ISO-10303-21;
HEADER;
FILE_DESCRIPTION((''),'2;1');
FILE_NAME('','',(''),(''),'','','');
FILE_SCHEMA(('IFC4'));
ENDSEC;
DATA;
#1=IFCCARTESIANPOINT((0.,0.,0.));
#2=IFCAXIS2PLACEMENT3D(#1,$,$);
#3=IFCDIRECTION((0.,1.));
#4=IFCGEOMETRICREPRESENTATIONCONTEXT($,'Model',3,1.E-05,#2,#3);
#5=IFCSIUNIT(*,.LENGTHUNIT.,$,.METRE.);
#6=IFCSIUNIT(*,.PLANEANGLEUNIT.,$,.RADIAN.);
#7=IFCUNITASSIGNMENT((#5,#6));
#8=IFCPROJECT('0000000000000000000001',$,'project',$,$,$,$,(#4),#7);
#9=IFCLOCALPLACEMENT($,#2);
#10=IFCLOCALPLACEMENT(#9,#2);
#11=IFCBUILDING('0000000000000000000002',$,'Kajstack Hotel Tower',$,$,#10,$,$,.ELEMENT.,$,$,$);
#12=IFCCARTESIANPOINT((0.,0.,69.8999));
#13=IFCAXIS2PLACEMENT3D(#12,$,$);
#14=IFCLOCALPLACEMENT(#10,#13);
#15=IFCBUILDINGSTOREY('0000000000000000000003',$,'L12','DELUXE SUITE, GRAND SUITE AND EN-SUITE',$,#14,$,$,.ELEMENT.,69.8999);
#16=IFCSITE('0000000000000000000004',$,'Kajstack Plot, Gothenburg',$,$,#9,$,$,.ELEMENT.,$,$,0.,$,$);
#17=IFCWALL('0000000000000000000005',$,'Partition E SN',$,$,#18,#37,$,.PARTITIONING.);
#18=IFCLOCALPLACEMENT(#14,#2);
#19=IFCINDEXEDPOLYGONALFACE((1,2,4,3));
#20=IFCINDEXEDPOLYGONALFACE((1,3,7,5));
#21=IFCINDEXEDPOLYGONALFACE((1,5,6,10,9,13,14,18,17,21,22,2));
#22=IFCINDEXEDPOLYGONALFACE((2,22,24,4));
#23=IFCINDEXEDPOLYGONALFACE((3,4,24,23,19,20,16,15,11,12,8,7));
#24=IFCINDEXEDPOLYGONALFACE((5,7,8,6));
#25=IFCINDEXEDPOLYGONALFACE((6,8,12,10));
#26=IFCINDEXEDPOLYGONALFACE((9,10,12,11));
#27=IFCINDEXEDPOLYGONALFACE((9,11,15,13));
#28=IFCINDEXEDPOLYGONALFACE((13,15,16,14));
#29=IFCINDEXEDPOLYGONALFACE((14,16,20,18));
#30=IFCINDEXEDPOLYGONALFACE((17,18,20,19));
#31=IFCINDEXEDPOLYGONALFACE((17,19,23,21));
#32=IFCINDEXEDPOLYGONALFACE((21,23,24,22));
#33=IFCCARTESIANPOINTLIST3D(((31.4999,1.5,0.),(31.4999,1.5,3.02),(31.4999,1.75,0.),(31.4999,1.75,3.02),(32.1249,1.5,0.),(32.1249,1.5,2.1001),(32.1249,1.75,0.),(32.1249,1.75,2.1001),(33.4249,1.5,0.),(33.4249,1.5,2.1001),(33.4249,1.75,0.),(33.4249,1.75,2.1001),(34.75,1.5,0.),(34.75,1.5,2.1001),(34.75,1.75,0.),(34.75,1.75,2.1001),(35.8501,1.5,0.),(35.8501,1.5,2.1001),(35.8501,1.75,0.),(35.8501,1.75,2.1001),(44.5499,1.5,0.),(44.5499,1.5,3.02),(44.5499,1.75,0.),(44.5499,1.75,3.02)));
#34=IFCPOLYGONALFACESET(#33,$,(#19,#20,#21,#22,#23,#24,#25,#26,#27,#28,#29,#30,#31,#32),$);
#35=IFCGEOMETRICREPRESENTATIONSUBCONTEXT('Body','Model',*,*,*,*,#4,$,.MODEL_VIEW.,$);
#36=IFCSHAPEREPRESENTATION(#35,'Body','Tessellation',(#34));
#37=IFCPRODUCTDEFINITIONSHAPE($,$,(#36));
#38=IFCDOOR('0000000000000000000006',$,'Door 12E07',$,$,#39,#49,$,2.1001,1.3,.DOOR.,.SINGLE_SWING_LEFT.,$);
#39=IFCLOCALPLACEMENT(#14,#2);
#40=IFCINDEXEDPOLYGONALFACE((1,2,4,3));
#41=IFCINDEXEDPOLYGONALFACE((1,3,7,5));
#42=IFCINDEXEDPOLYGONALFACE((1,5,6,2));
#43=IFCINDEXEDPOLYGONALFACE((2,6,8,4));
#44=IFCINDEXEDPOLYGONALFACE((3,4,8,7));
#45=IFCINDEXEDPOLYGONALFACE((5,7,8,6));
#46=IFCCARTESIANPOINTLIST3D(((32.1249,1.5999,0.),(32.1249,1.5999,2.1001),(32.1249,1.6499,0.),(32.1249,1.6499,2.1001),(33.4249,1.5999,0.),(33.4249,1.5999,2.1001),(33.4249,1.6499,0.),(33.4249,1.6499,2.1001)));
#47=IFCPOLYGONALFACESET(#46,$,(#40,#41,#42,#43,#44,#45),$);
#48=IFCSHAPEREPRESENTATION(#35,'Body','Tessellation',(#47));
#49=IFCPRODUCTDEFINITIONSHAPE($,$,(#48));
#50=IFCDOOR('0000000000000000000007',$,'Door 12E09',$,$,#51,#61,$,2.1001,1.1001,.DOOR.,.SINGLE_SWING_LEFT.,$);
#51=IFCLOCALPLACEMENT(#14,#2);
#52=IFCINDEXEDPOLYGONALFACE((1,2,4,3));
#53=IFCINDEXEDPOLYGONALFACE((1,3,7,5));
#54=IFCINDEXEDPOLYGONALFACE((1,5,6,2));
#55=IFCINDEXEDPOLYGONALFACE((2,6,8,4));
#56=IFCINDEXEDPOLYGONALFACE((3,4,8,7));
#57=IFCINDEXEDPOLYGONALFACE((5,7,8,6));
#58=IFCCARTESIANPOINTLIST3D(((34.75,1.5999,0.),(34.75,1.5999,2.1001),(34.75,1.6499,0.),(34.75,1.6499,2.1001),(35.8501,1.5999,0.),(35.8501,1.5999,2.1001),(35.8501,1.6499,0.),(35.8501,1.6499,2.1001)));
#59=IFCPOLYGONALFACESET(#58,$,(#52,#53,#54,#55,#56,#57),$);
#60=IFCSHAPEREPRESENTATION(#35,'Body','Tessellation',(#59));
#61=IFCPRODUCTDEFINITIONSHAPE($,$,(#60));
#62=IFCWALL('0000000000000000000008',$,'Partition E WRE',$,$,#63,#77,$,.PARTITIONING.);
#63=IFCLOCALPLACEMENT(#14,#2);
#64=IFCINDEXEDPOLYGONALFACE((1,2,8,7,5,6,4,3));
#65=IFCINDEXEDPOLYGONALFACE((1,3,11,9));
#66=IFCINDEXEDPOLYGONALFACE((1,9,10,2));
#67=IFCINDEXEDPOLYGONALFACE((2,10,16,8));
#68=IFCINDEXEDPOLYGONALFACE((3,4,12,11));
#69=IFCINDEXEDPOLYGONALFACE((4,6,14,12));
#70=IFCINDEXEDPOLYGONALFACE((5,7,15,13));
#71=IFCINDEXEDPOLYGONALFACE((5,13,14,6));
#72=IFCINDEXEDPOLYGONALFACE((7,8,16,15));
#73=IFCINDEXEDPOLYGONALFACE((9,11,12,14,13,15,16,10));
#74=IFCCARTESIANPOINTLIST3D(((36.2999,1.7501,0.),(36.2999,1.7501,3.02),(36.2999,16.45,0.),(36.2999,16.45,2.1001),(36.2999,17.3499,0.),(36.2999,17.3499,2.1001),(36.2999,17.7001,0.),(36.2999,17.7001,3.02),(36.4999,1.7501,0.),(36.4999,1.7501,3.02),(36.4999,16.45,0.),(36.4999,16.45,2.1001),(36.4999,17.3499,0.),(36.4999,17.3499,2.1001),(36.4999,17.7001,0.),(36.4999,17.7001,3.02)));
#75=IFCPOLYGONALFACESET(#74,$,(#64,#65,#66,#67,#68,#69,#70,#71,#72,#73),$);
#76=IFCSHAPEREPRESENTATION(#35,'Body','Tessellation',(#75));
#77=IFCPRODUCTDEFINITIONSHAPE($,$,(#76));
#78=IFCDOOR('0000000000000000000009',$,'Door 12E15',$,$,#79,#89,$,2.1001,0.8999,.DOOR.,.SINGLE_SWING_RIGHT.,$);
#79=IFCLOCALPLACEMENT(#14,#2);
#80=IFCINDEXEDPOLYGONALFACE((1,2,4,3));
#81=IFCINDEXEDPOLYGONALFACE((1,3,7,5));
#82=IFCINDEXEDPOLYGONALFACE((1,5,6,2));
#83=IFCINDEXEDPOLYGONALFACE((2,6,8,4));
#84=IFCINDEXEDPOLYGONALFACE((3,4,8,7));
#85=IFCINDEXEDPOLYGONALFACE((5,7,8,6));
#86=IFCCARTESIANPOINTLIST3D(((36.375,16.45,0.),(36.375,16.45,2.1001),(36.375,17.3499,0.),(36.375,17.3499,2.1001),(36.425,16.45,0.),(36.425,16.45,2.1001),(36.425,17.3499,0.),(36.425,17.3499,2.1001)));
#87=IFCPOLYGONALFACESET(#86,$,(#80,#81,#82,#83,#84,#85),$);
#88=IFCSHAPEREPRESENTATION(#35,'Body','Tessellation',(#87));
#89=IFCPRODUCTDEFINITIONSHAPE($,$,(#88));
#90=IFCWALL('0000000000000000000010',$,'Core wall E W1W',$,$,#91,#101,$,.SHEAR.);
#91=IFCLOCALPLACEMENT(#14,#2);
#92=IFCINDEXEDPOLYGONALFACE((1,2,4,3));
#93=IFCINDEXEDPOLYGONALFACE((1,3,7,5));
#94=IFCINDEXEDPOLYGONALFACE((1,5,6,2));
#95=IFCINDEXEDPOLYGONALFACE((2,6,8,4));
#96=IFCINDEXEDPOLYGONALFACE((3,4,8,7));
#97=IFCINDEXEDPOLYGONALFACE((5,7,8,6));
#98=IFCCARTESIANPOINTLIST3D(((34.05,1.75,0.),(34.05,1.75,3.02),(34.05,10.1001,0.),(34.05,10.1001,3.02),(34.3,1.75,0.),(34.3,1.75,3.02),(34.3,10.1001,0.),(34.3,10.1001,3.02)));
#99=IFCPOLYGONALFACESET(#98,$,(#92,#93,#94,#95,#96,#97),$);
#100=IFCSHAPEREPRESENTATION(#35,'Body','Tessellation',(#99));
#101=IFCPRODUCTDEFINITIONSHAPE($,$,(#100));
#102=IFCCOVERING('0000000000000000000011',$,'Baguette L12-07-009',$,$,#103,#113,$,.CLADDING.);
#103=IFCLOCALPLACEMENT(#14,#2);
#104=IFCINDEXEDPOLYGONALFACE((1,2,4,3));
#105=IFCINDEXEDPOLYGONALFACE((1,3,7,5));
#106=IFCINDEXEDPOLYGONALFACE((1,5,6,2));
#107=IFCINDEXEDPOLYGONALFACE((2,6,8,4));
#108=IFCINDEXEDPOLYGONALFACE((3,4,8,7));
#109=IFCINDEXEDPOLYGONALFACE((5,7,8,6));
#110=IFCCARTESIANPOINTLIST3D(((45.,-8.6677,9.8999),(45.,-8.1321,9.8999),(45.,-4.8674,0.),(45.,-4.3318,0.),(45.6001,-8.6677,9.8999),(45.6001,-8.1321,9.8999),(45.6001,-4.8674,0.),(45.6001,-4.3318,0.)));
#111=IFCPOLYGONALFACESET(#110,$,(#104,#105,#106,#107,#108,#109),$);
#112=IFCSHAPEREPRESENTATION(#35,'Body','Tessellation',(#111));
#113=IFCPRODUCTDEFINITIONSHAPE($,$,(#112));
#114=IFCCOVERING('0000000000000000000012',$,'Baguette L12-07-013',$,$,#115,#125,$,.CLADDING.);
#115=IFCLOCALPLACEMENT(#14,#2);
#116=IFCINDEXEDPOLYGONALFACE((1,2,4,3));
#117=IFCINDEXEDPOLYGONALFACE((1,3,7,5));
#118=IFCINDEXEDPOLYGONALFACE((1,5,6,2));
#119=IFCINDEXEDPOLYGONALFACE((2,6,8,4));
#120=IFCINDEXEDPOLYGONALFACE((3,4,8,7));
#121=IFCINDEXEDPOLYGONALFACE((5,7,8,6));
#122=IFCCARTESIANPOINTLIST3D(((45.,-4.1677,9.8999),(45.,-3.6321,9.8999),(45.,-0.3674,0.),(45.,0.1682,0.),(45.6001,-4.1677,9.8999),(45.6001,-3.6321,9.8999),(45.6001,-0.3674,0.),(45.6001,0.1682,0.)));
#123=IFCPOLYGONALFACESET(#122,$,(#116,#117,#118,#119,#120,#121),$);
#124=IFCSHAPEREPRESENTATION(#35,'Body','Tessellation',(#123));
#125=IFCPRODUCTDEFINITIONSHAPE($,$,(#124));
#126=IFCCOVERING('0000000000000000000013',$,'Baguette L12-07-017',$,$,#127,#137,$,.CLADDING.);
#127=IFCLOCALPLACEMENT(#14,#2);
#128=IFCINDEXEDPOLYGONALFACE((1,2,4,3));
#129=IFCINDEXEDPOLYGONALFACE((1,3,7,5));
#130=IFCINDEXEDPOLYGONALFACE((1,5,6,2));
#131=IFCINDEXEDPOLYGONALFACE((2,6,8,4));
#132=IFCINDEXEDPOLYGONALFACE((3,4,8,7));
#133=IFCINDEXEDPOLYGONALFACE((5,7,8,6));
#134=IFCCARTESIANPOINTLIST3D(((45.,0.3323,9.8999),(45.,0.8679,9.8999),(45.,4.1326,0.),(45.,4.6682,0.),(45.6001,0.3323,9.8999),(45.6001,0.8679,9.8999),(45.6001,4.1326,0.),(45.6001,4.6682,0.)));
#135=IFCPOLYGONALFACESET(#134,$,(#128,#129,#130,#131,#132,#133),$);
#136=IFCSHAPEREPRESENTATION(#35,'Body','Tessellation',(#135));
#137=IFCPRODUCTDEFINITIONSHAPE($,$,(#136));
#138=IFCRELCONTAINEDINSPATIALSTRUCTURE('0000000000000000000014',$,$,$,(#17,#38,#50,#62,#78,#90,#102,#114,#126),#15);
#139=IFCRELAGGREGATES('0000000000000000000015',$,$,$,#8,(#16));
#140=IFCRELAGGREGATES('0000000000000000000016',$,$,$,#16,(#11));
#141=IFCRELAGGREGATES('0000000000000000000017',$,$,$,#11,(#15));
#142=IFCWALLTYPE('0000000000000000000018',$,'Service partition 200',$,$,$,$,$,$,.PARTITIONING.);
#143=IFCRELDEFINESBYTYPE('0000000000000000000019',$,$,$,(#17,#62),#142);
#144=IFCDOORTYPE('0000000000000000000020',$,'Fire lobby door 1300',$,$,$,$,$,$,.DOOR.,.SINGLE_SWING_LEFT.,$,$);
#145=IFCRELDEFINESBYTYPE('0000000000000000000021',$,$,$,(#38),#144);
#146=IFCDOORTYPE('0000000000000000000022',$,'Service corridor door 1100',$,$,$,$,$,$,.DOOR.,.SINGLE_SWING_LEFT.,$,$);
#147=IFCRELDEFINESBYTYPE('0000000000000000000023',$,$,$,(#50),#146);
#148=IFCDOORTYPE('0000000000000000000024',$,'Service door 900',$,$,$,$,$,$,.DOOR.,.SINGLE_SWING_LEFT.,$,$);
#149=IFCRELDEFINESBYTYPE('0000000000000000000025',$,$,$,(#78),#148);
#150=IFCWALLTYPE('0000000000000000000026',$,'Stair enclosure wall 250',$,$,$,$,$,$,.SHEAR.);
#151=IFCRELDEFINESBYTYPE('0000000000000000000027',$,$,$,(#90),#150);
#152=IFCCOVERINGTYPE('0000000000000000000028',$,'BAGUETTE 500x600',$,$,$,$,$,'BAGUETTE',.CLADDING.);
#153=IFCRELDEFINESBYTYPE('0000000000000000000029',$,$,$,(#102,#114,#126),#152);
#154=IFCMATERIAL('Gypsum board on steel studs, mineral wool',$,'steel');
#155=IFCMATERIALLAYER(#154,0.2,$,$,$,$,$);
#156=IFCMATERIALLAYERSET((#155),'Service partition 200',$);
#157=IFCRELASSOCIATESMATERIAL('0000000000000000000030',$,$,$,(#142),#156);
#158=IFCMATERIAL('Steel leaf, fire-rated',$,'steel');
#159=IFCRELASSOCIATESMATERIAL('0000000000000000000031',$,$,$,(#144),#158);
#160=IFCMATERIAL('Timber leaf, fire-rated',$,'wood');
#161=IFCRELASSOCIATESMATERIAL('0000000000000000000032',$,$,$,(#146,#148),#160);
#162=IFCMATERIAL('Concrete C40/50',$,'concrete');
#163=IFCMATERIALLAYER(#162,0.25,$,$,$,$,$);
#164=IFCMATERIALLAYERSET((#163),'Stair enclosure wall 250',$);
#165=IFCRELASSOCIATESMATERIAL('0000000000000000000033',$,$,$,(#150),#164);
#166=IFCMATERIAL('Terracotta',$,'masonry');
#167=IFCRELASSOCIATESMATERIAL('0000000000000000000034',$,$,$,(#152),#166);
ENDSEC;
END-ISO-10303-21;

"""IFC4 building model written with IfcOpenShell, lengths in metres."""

from ifc_helpers import new_model, si_unit, direction, frame, frame_2d, origin, origin_2d, place, context, subcontext, project, spatial, polyline, rectangle, outline, extrude, material, layer, layer_set, material_profile, profile_set, type_object, element, fill, save


model = new_model("IFC4")

# Units and contexts
model_context = context("Model", 3, precision=1e-05, world=origin(), true_north=direction((0.0, 1.0)))
body_context = subcontext(model_context, "Body", "Model", "MODEL_VIEW")
ifc_project = project(units=[si_unit("LENGTHUNIT", "METRE"), si_unit("PLANEANGLEUNIT", "RADIAN")], contexts=[model_context])

# Site, building, storey
site_placement = place(None, origin())
site = spatial("IfcSite", under=ifc_project, at=site_placement, Name="Kajstack Plot, Gothenburg", CompositionType="ELEMENT", RefElevation=0.0)
building_placement = place(site_placement, origin())
building = spatial("IfcBuilding", under=site, at=building_placement, Name="Kajstack Hotel Tower", CompositionType="ELEMENT")
storey_placement = place(building_placement, frame((0.0, 0.0, 69.8999)))
storey = spatial("IfcBuildingStorey", under=building, at=storey_placement, Name="L12", Description="DELUXE SUITE, GRAND SUITE AND EN-SUITE", CompositionType="ELEMENT", Elevation=69.8999)

# Wall, openings, doors
ifc_material_1 = material(Name="Gypsum board on steel studs, mineral wool", Category="steel")
ifc_layer_1 = layer(ifc_material_1, 0.2)
ifc_layer_set_1 = layer_set([ifc_layer_1], Name="Service partition 200")
wall_type_1 = type_object("IfcWallType", Name="Service partition 200", PredefinedType="PARTITIONING", material=ifc_layer_set_1)
wall_1_placement = place(storey_placement, frame((31.5, 1.625, 0.0), z_axis=(0.0, 0.0, 1.0), x_axis=(1.0, 0.0, 0.0)))
wall_1 = element("IfcWall", 1, at=wall_1_placement, inside=storey, type_object=wall_type_1, Name="Partition E SN", PredefinedType="PARTITIONING", context=body_context, shape_type="SweptSolid", body=[
    extrude(rectangle(XDim=13.05, YDim=0.25, at=frame_2d((6.5249, 0.0))), origin(), (0.0, 0.0, 1.0), 3.02),
])
opening_1_placement = place(wall_1_placement, frame((0.625, 0.0, 0.0)))
opening_1 = element("IfcOpeningElement", 2, at=opening_1_placement, cuts=wall_1, PredefinedType="OPENING", context=body_context, shape_type="SweptSolid", body=[
    extrude(rectangle(XDim=1.3, YDim=2.1001, at=frame_2d((0.6499, 1.05))), frame((0.0, 0.135, 0.0), z_axis=(0.0, -1.0, 0.0), x_axis=(1.0, 0.0, 0.0)), (0.0, 0.0, 1.0), 0.27),
])
opening_2_placement = place(wall_1_placement, frame((3.25, 0.0, 0.0)))
opening_2 = element("IfcOpeningElement", 3, at=opening_2_placement, cuts=wall_1, PredefinedType="OPENING", context=body_context, shape_type="SweptSolid", body=[
    extrude(rectangle(XDim=1.1001, YDim=2.1001, at=frame_2d((0.55, 1.05))), frame((0.0, 0.135, 0.0), z_axis=(0.0, -1.0, 0.0), x_axis=(1.0, 0.0, 0.0)), (0.0, 0.0, 1.0), 0.27),
])
ifc_material_2 = material(Name="Steel leaf, fire-rated", Category="steel")
door_type_1 = type_object("IfcDoorType", Name="Fire lobby door 1300", OperationType="SINGLE_SWING_LEFT", PredefinedType="DOOR", material=ifc_material_2)
door_1_placement = place(opening_1_placement, origin())
door_1 = element("IfcDoor", 4, at=door_1_placement, inside=storey, type_object=door_type_1, Name="Door 12E07", OperationType="SINGLE_SWING_LEFT", OverallHeight=2.1001, OverallWidth=1.3, PredefinedType="DOOR", context=body_context, shape_type="SweptSolid", body=[
    extrude(rectangle(XDim=1.3, YDim=2.1001, at=frame_2d((0.6499, 1.05))), frame((0.0, 0.0249, 0.0), z_axis=(0.0, -1.0, 0.0), x_axis=(1.0, 0.0, 0.0)), (0.0, 0.0, 1.0), 0.05),
])
fill(opening_1, door_1)
ifc_material_3 = material(Name="Timber leaf, fire-rated", Category="wood")
door_type_2 = type_object("IfcDoorType", Name="Service corridor door 1100", OperationType="SINGLE_SWING_LEFT", PredefinedType="DOOR", material=ifc_material_3)
door_2_placement = place(opening_2_placement, origin())
door_2 = element("IfcDoor", 5, at=door_2_placement, inside=storey, type_object=door_type_2, Name="Door 12E09", OperationType="SINGLE_SWING_LEFT", OverallHeight=2.1001, OverallWidth=1.1001, PredefinedType="DOOR", context=body_context, shape_type="SweptSolid", body=[
    extrude(rectangle(XDim=1.1001, YDim=2.1001, at=frame_2d((0.55, 1.05))), frame((0.0, 0.0249, 0.0), z_axis=(0.0, -1.0, 0.0), x_axis=(1.0, 0.0, 0.0)), (0.0, 0.0, 1.0), 0.05),
])
fill(opening_2, door_2)

# Wall, opening, door
wall_2_placement = place(storey_placement, frame((36.3999, 1.75, 0.0), z_axis=(0.0, 0.0, 1.0), x_axis=(0.0, 1.0, 0.0)))
wall_2 = element("IfcWall", 6, at=wall_2_placement, inside=storey, type_object=wall_type_1, Name="Partition E WRE", PredefinedType="PARTITIONING", context=body_context, shape_type="SweptSolid", body=[
    extrude(rectangle(XDim=15.95, YDim=0.2, at=frame_2d((7.9751, 0.0))), origin(), (0.0, 0.0, 1.0), 3.02),
])
opening_3_placement = place(wall_2_placement, frame((14.7, 0.0, 0.0)))
opening_3 = element("IfcOpeningElement", 7, at=opening_3_placement, cuts=wall_2, PredefinedType="OPENING", context=body_context, shape_type="SweptSolid", body=[
    extrude(rectangle(XDim=0.8999, YDim=2.1001, at=frame_2d((0.45, 1.05))), frame((0.0, 0.1099, 0.0), z_axis=(0.0, -1.0, 0.0), x_axis=(1.0, 0.0, 0.0)), (0.0, 0.0, 1.0), 0.22),
])
door_type_3 = type_object("IfcDoorType", Name="Service door 900", OperationType="SINGLE_SWING_LEFT", PredefinedType="DOOR", material=ifc_material_3)
door_3_placement = place(opening_3_placement, origin())
door_3 = element("IfcDoor", 8, at=door_3_placement, inside=storey, type_object=door_type_3, Name="Door 12E15", OperationType="SINGLE_SWING_RIGHT", OverallHeight=2.1001, OverallWidth=0.8999, PredefinedType="DOOR", context=body_context, shape_type="SweptSolid", body=[
    extrude(rectangle(XDim=0.8999, YDim=2.1001, at=frame_2d((0.45, 1.05))), frame((0.0, 0.0249, 0.0), z_axis=(0.0, -1.0, 0.0), x_axis=(1.0, 0.0, 0.0)), (0.0, 0.0, 1.0), 0.05),
])
fill(opening_3, door_3)

# Wall
ifc_material_4 = material(Name="Concrete C40/50", Category="concrete")
ifc_layer_2 = layer(ifc_material_4, 0.25)
ifc_layer_set_2 = layer_set([ifc_layer_2], Name="Stair enclosure wall 250")
wall_type_2 = type_object("IfcWallType", Name="Stair enclosure wall 250", PredefinedType="SHEAR", material=ifc_layer_set_2)
wall_3_placement = place(storey_placement, frame((34.175, 1.75, 0.0), z_axis=(0.0, 0.0, 1.0), x_axis=(0.0, 1.0, 0.0)))
element("IfcWall", 9, at=wall_3_placement, inside=storey, type_object=wall_type_2, Name="Core wall E W1W", PredefinedType="SHEAR", context=body_context, shape_type="SweptSolid", body=[
    extrude(rectangle(XDim=8.3501, YDim=0.25, at=frame_2d((4.175, 0.0))), origin(), (0.0, 0.0, 1.0), 3.02),
])

# Coverings
ifc_material_5 = material(Name="Terracotta", Category="masonry")
ifc_material_profile = material_profile(ifc_material_5, rectangle(XDim=0.6001, YDim=0.5, at=origin_2d()), Name="Terracotta-clad concrete baguette 500 x 600")
ifc_profile_set = profile_set([ifc_material_profile], Name="Terracotta")
covering_type = type_object("IfcCoveringType", Name="BAGUETTE 500x600", ElementType="BAGUETTE", PredefinedType="CLADDING", material=ifc_profile_set)
for number, where, z_axis, x_axis, name in (
    (10, (45.0, -8.6677, 0.0), (1.0, 0.0, 0.0), (0.0, 1.0, 0.0), "Baguette L12-07-009"),
    (11, (45.0, -4.1677, 0.0), (1.0, 0.0, 0.0), (0.0, 1.0, 0.0), "Baguette L12-07-013"),
    (12, (45.0, 0.3323, 0.0), (1.0, 0.0, 0.0), (0.0, 1.0, 0.0), "Baguette L12-07-017"),
):
    element("IfcCovering", number, at=place(storey_placement, frame(where, z_axis=z_axis, x_axis=x_axis)), inside=storey, type_object=covering_type, Name=name, PredefinedType="CLADDING", context=body_context, shape_type="SweptSolid", body=[
        extrude(outline(polyline([(0.0, 9.8999), (3.8003, 0.0), (4.3359, 0.0), (0.5356, 9.8999), (0.0, 9.8999)])), origin(), (0.0, 0.0, 1.0), 0.6001),
    ])

save(model, "model.ifc")
